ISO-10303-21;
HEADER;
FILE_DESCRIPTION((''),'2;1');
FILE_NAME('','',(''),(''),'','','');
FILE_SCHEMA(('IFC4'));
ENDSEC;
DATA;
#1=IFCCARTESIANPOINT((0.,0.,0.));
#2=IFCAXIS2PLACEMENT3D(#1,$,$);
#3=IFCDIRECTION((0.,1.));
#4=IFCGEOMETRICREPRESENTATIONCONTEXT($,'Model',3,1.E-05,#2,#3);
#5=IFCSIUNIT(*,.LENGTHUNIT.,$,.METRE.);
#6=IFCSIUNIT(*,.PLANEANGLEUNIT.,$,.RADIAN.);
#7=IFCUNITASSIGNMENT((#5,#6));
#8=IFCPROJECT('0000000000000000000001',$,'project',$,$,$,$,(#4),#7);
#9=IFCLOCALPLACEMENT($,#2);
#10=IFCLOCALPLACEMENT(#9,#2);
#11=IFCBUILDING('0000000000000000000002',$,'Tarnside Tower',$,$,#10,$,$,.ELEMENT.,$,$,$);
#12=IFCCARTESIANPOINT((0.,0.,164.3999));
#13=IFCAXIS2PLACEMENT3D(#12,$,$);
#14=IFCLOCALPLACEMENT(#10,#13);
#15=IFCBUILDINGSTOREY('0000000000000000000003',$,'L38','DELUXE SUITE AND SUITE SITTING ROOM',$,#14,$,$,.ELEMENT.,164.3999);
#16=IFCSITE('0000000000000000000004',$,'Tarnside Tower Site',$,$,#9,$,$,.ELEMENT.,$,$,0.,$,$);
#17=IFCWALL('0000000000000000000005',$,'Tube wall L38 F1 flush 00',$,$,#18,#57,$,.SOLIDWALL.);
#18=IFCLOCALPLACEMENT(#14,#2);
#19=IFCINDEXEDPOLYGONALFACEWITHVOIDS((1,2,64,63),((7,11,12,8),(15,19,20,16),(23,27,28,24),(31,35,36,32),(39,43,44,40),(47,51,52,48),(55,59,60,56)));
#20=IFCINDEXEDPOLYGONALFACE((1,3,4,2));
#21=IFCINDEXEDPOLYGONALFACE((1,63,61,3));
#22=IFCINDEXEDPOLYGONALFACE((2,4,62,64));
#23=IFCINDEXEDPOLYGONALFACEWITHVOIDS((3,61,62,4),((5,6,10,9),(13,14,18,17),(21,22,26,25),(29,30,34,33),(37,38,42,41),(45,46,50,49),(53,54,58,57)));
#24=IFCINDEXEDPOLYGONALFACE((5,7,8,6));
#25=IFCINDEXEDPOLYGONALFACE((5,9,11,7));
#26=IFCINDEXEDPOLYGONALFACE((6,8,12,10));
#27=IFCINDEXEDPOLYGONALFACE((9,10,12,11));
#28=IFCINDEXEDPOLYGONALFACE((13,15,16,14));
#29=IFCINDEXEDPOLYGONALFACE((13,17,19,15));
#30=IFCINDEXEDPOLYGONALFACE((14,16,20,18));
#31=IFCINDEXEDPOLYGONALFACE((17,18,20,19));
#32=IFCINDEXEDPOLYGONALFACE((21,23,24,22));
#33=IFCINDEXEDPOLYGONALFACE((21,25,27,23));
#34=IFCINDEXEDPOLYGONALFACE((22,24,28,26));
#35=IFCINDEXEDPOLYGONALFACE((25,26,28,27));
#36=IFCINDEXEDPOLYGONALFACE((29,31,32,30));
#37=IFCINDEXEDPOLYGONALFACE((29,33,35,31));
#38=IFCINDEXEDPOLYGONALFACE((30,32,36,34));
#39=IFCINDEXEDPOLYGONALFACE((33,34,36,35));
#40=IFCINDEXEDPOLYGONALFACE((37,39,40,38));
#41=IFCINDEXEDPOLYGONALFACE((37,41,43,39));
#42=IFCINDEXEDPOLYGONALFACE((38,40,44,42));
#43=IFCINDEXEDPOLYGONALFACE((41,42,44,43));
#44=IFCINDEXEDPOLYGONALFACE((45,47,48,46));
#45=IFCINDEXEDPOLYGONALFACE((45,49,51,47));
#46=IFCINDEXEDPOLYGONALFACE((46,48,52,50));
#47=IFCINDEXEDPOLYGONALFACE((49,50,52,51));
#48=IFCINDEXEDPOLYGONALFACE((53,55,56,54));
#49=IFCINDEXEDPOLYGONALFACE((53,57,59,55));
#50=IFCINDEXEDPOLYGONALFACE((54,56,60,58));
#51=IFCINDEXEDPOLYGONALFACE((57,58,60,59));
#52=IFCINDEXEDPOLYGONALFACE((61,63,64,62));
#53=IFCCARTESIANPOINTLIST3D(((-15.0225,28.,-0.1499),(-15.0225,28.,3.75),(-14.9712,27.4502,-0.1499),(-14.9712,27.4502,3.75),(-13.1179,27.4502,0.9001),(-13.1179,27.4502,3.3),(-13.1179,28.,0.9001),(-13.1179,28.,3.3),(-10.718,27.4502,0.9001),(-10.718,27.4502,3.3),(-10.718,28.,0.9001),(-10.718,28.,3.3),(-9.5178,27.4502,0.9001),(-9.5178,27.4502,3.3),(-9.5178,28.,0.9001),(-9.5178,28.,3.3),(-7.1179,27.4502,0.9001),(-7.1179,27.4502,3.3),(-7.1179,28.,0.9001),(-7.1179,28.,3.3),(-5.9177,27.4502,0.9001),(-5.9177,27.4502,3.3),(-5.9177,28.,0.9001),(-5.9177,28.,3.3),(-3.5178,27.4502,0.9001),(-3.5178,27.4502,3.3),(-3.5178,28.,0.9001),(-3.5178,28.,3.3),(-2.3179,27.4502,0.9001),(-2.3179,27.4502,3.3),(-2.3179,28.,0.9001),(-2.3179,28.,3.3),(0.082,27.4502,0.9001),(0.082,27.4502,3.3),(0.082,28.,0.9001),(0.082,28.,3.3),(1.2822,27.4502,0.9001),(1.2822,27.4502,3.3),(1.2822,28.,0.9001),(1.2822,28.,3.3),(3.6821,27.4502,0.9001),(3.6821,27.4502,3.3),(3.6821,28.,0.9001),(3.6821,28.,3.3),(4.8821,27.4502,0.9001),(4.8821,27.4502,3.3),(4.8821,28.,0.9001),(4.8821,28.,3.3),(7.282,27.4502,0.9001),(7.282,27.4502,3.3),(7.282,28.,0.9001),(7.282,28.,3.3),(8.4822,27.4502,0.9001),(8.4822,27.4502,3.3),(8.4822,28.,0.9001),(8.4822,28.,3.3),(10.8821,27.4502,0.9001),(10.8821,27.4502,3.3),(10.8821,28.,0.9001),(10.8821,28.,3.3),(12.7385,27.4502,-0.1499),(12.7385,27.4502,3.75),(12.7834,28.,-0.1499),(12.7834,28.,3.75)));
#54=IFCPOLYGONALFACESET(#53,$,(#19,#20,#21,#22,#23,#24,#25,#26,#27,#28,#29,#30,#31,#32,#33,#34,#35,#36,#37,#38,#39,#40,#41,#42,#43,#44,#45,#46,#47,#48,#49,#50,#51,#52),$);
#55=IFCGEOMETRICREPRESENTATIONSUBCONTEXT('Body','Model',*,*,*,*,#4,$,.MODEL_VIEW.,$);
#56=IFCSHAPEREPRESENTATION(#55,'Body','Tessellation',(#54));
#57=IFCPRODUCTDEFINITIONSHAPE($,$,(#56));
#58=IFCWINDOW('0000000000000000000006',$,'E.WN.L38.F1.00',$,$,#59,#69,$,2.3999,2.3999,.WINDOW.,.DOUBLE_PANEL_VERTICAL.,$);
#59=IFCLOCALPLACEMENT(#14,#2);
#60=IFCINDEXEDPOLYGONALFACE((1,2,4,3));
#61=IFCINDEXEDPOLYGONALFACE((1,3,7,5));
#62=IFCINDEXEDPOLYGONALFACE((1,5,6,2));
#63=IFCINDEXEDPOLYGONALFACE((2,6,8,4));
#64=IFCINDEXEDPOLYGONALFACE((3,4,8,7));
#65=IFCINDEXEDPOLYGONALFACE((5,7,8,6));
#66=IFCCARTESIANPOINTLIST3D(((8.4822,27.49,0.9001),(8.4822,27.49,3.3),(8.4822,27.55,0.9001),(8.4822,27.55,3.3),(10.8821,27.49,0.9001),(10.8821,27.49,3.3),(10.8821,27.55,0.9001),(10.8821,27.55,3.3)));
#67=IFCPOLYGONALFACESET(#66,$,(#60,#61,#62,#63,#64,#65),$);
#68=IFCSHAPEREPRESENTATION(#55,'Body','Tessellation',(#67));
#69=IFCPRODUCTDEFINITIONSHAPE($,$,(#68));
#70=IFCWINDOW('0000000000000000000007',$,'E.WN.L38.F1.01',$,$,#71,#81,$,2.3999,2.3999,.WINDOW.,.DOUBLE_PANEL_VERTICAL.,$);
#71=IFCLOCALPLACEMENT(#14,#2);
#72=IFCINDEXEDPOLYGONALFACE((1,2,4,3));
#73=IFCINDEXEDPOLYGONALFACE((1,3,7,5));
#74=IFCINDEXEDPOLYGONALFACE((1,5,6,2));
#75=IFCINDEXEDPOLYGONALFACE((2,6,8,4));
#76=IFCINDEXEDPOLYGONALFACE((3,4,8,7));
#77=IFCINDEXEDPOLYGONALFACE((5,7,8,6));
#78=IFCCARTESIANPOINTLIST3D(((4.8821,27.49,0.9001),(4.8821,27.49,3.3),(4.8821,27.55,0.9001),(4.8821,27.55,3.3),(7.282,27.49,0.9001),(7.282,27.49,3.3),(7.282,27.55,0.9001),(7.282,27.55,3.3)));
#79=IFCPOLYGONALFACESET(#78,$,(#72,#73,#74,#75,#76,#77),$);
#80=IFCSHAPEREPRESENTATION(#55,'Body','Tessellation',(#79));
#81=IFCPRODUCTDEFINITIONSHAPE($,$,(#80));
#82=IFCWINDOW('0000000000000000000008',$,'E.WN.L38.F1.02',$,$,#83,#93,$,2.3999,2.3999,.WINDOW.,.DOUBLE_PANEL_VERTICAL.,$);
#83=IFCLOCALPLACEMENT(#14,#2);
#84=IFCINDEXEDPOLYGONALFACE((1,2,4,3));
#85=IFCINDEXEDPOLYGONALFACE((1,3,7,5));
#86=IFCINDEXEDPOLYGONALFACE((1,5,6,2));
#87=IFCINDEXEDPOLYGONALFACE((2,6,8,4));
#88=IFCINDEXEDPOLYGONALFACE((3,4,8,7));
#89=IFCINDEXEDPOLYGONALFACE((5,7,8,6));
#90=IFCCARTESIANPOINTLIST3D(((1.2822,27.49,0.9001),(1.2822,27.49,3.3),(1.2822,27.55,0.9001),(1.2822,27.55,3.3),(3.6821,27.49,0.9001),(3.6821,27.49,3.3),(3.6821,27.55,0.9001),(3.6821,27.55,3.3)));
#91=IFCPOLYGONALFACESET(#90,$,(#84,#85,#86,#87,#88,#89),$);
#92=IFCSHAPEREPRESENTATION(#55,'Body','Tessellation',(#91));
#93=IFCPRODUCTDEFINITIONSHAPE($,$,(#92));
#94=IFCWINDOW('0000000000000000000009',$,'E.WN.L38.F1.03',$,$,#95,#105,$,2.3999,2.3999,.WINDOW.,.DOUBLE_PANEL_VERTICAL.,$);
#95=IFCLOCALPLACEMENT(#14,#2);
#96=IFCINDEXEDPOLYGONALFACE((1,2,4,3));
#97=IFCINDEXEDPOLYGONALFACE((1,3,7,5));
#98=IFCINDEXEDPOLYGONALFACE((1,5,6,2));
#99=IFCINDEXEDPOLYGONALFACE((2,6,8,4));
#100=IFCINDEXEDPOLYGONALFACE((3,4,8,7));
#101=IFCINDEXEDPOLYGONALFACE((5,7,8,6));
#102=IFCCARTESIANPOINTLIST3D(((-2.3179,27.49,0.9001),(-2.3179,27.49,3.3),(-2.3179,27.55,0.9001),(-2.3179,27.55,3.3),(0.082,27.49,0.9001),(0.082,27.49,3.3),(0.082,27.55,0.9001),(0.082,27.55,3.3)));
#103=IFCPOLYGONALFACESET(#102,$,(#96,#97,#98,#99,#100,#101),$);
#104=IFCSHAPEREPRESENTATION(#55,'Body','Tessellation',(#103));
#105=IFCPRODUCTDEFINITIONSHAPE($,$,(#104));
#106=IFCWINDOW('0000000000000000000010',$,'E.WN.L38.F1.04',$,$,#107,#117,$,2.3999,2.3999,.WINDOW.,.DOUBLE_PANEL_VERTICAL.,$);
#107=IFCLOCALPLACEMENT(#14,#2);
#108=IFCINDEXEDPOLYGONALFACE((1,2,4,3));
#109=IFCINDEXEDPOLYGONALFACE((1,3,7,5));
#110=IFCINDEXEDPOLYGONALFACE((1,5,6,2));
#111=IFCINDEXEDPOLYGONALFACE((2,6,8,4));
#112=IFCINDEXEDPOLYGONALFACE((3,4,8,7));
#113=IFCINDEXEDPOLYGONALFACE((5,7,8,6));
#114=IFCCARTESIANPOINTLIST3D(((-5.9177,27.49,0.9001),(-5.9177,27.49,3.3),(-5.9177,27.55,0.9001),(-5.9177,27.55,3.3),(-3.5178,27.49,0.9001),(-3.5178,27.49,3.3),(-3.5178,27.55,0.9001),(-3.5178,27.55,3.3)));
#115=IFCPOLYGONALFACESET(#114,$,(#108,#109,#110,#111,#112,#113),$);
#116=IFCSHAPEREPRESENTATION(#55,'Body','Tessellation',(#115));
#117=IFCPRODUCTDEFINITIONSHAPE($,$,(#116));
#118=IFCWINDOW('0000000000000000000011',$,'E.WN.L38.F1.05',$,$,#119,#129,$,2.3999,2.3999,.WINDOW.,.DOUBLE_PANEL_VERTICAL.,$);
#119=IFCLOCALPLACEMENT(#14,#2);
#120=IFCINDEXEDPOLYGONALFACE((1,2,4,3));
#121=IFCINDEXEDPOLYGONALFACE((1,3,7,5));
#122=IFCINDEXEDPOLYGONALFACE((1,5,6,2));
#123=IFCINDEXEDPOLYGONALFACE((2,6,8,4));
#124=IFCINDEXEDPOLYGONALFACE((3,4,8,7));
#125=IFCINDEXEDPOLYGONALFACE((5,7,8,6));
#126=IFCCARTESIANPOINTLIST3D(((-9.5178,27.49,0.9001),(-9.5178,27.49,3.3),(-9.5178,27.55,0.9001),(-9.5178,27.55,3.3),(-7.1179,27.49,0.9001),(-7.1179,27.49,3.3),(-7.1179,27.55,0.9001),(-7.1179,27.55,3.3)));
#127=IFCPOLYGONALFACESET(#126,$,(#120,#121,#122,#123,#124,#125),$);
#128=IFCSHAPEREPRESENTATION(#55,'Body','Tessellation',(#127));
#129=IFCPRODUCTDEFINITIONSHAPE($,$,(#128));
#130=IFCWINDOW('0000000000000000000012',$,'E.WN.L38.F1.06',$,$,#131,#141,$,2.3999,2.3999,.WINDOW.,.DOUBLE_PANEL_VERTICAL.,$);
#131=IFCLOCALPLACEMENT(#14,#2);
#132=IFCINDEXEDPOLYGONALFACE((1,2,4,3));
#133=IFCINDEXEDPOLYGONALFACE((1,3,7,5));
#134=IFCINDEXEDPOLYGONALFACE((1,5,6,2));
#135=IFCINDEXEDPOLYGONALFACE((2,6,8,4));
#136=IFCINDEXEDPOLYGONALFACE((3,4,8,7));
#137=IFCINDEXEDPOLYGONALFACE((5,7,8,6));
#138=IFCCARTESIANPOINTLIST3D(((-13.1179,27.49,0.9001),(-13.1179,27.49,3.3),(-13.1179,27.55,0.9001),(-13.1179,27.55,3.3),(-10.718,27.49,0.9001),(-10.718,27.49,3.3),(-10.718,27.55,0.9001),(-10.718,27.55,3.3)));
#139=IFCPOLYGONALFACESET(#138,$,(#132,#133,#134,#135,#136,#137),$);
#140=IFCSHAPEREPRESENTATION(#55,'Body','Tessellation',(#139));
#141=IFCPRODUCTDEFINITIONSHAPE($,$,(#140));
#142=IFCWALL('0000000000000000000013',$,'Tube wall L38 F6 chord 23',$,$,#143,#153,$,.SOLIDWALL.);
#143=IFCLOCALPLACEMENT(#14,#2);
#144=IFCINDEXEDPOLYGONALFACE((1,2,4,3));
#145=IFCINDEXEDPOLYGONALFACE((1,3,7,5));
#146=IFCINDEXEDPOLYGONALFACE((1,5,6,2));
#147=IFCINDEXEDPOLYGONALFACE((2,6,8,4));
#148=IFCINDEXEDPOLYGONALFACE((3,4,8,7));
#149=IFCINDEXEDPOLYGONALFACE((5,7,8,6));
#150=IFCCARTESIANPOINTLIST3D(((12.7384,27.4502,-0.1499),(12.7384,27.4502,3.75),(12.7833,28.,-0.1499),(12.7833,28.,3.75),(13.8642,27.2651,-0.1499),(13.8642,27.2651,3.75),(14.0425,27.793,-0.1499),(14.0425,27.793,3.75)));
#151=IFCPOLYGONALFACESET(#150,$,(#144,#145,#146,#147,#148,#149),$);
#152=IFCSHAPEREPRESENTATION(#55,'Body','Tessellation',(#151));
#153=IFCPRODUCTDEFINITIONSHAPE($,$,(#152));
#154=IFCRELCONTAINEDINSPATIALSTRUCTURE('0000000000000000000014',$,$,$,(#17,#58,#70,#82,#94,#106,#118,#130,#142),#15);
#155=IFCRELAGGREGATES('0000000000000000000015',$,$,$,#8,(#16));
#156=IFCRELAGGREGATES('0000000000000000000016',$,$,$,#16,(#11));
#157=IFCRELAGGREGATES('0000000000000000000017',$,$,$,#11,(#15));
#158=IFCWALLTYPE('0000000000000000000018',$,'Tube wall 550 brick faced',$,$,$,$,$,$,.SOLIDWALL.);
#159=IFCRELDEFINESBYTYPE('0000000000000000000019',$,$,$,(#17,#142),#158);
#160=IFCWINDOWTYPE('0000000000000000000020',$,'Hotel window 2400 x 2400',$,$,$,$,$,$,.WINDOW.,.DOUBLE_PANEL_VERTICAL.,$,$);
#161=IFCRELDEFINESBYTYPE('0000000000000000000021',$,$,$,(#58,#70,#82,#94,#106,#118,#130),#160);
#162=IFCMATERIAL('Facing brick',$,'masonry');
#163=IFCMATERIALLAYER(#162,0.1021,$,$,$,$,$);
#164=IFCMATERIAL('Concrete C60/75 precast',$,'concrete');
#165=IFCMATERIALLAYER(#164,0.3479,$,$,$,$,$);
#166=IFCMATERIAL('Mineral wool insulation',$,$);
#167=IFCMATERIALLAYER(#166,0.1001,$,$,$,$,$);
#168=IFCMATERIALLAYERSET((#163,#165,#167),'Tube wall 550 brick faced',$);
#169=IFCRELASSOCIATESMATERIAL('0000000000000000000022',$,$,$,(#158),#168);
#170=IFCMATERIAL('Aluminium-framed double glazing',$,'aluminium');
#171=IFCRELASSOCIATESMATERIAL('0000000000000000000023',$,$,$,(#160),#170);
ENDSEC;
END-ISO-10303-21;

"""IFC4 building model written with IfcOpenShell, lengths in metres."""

from ifc_helpers import new_model, si_unit, direction, frame, frame_2d, origin, place, context, subcontext, project, spatial, polyline, rectangle, outline, extrude, material, layer, layer_set, type_object, element, fill, save


model = new_model("IFC4")

# Units and contexts
model_context = context("Model", 3, precision=1e-05, world=origin(), true_north=direction((0.0, 1.0)))
body_context = subcontext(model_context, "Body", "Model", "MODEL_VIEW")
ifc_project = project(units=[si_unit("LENGTHUNIT", "METRE"), si_unit("PLANEANGLEUNIT", "RADIAN")], contexts=[model_context])

# Site, building, storey
site_placement = place(None, origin())
site = spatial("IfcSite", under=ifc_project, at=site_placement, Name="Tarnside Tower Site", CompositionType="ELEMENT", RefElevation=0.0)
building_placement = place(site_placement, origin())
building = spatial("IfcBuilding", under=site, at=building_placement, Name="Tarnside Tower", CompositionType="ELEMENT")
storey_placement = place(building_placement, frame((0.0, 0.0, 164.3999)))
storey = spatial("IfcBuildingStorey", under=building, at=storey_placement, Name="L38", Description="DELUXE SUITE AND SUITE SITTING ROOM", CompositionType="ELEMENT", Elevation=164.3999)

# Wall, openings, windows
ifc_material_1 = material(Name="Facing brick", Category="masonry")
ifc_layer_1 = layer(ifc_material_1, 0.1021)
ifc_material_2 = material(Name="Concrete C60/75 precast", Category="concrete")
ifc_layer_2 = layer(ifc_material_2, 0.3479)
ifc_material_3 = material(Name="Mineral wool insulation")
ifc_layer_3 = layer(ifc_material_3, 0.1001)
ifc_layer_set_1 = layer_set([ifc_layer_1, ifc_layer_2, ifc_layer_3], Name="Tube wall 550 brick faced")
wall_type_1 = type_object("IfcWallType", Name="Tube wall 550 brick faced", PredefinedType="SOLIDWALL", material=ifc_layer_set_1)
wall_1_placement = place(storey_placement, frame((12.761, 27.7251, -0.1499), z_axis=(0.0, 0.0, 1.0), x_axis=(-1.0, 0.0, 0.0)))
wall_1 = element("IfcWall", 1, at=wall_1_placement, inside=storey, type_object=wall_type_1, Name="Tube wall L38 F1 flush 00", PredefinedType="SOLIDWALL", context=body_context, shape_type="SweptSolid", body=[
    extrude(outline(polyline([(-0.0225, -0.2749), (27.7834, -0.2749), (27.7322, 0.2749), (0.0225, 0.2749), (-0.0225, -0.2749)])), origin(), (0.0, 0.0, 1.0), 3.8999),
])
opening_1_placement = place(wall_1_placement, frame((1.8789, 0.0, 1.05)))
opening_1 = element("IfcOpeningElement", 2, at=opening_1_placement, cuts=wall_1, PredefinedType="OPENING", context=body_context, shape_type="SweptSolid", body=[
    extrude(rectangle(XDim=2.3999, YDim=2.3999, at=frame_2d((1.2, 1.2))), frame((0.0, 0.2852, 0.0), z_axis=(0.0, -1.0, 0.0), x_axis=(1.0, 0.0, 0.0)), (0.0, 0.0, 1.0), 0.5701),
])
opening_2_placement = place(wall_1_placement, frame((5.479, 0.0, 1.05)))
opening_2 = element("IfcOpeningElement", 3, at=opening_2_placement, cuts=wall_1, PredefinedType="OPENING", context=body_context, shape_type="SweptSolid", body=[
    extrude(rectangle(XDim=2.3999, YDim=2.3999, at=frame_2d((1.2, 1.2))), frame((0.0, 0.2852, 0.0), z_axis=(0.0, -1.0, 0.0), x_axis=(1.0, 0.0, 0.0)), (0.0, 0.0, 1.0), 0.5701),
])
opening_3_placement = place(wall_1_placement, frame((9.0789, 0.0, 1.05)))
opening_3 = element("IfcOpeningElement", 4, at=opening_3_placement, cuts=wall_1, PredefinedType="OPENING", context=body_context, shape_type="SweptSolid", body=[
    extrude(rectangle(XDim=2.3999, YDim=2.3999, at=frame_2d((1.2, 1.2))), frame((0.0, 0.2852, 0.0), z_axis=(0.0, -1.0, 0.0), x_axis=(1.0, 0.0, 0.0)), (0.0, 0.0, 1.0), 0.5701),
])
opening_4_placement = place(wall_1_placement, frame((12.679, 0.0, 1.05)))
opening_4 = element("IfcOpeningElement", 5, at=opening_4_placement, cuts=wall_1, PredefinedType="OPENING", context=body_context, shape_type="SweptSolid", body=[
    extrude(rectangle(XDim=2.3999, YDim=2.3999, at=frame_2d((1.2, 1.2))), frame((0.0, 0.2852, 0.0), z_axis=(0.0, -1.0, 0.0), x_axis=(1.0, 0.0, 0.0)), (0.0, 0.0, 1.0), 0.5701),
])
opening_5_placement = place(wall_1_placement, frame((16.2788, 0.0, 1.05)))
opening_5 = element("IfcOpeningElement", 6, at=opening_5_placement, cuts=wall_1, PredefinedType="OPENING", context=body_context, shape_type="SweptSolid", body=[
    extrude(rectangle(XDim=2.3999, YDim=2.3999, at=frame_2d((1.2, 1.2))), frame((0.0, 0.2852, 0.0), z_axis=(0.0, -1.0, 0.0), x_axis=(1.0, 0.0, 0.0)), (0.0, 0.0, 1.0), 0.5701),
])
opening_6_placement = place(wall_1_placement, frame((19.8789, 0.0, 1.05)))
opening_6 = element("IfcOpeningElement", 7, at=opening_6_placement, cuts=wall_1, PredefinedType="OPENING", context=body_context, shape_type="SweptSolid", body=[
    extrude(rectangle(XDim=2.3999, YDim=2.3999, at=frame_2d((1.2, 1.2))), frame((0.0, 0.2852, 0.0), z_axis=(0.0, -1.0, 0.0), x_axis=(1.0, 0.0, 0.0)), (0.0, 0.0, 1.0), 0.5701),
])
opening_7_placement = place(wall_1_placement, frame((23.479, 0.0, 1.05)))
opening_7 = element("IfcOpeningElement", 8, at=opening_7_placement, cuts=wall_1, PredefinedType="OPENING", context=body_context, shape_type="SweptSolid", body=[
    extrude(rectangle(XDim=2.3999, YDim=2.3999, at=frame_2d((1.2, 1.2))), frame((0.0, 0.2852, 0.0), z_axis=(0.0, -1.0, 0.0), x_axis=(1.0, 0.0, 0.0)), (0.0, 0.0, 1.0), 0.5701),
])
ifc_material_4 = material(Name="Aluminium-framed double glazing", Category="aluminium")
window_type = type_object("IfcWindowType", Name="Hotel window 2400 x 2400", PartitioningType="DOUBLE_PANEL_VERTICAL", PredefinedType="WINDOW", material=ifc_material_4)
window_1_placement = place(opening_1_placement, frame((0.0, 0.2051, 0.0)))
window_1 = element("IfcWindow", 9, at=window_1_placement, inside=storey, type_object=window_type, Name="E.WN.L38.F1.00", OverallHeight=2.3999, OverallWidth=2.3999, PartitioningType="DOUBLE_PANEL_VERTICAL", PredefinedType="WINDOW", context=body_context, shape_type="SweptSolid", body=[
    extrude(rectangle(XDim=2.3999, YDim=2.3999, at=frame_2d((1.2, 1.2))), frame((0.0, 0.03, 0.0), z_axis=(0.0, -1.0, 0.0), x_axis=(1.0, 0.0, 0.0)), (0.0, 0.0, 1.0), 0.0601),
])
fill(opening_1, window_1)
window_2_placement = place(opening_2_placement, frame((0.0, 0.2051, 0.0)))
window_2 = element("IfcWindow", 10, at=window_2_placement, inside=storey, type_object=window_type, Name="E.WN.L38.F1.01", OverallHeight=2.3999, OverallWidth=2.3999, PartitioningType="DOUBLE_PANEL_VERTICAL", PredefinedType="WINDOW", context=body_context, shape_type="SweptSolid", body=[
    extrude(rectangle(XDim=2.3999, YDim=2.3999, at=frame_2d((1.2, 1.2))), frame((0.0, 0.03, 0.0), z_axis=(0.0, -1.0, 0.0), x_axis=(1.0, 0.0, 0.0)), (0.0, 0.0, 1.0), 0.0601),
])
fill(opening_2, window_2)
window_3_placement = place(opening_3_placement, frame((0.0, 0.2051, 0.0)))
window_3 = element("IfcWindow", 11, at=window_3_placement, inside=storey, type_object=window_type, Name="E.WN.L38.F1.02", OverallHeight=2.3999, OverallWidth=2.3999, PartitioningType="DOUBLE_PANEL_VERTICAL", PredefinedType="WINDOW", context=body_context, shape_type="SweptSolid", body=[
    extrude(rectangle(XDim=2.3999, YDim=2.3999, at=frame_2d((1.2, 1.2))), frame((0.0, 0.03, 0.0), z_axis=(0.0, -1.0, 0.0), x_axis=(1.0, 0.0, 0.0)), (0.0, 0.0, 1.0), 0.0601),
])
fill(opening_3, window_3)
window_4_placement = place(opening_4_placement, frame((0.0, 0.2051, 0.0)))
window_4 = element("IfcWindow", 12, at=window_4_placement, inside=storey, type_object=window_type, Name="E.WN.L38.F1.03", OverallHeight=2.3999, OverallWidth=2.3999, PartitioningType="DOUBLE_PANEL_VERTICAL", PredefinedType="WINDOW", context=body_context, shape_type="SweptSolid", body=[
    extrude(rectangle(XDim=2.3999, YDim=2.3999, at=frame_2d((1.2, 1.2))), frame((0.0, 0.03, 0.0), z_axis=(0.0, -1.0, 0.0), x_axis=(1.0, 0.0, 0.0)), (0.0, 0.0, 1.0), 0.0601),
])
fill(opening_4, window_4)
window_5_placement = place(opening_5_placement, frame((0.0, 0.2051, 0.0)))
window_5 = element("IfcWindow", 13, at=window_5_placement, inside=storey, type_object=window_type, Name="E.WN.L38.F1.04", OverallHeight=2.3999, OverallWidth=2.3999, PartitioningType="DOUBLE_PANEL_VERTICAL", PredefinedType="WINDOW", context=body_context, shape_type="SweptSolid", body=[
    extrude(rectangle(XDim=2.3999, YDim=2.3999, at=frame_2d((1.2, 1.2))), frame((0.0, 0.03, 0.0), z_axis=(0.0, -1.0, 0.0), x_axis=(1.0, 0.0, 0.0)), (0.0, 0.0, 1.0), 0.0601),
])
fill(opening_5, window_5)
window_6_placement = place(opening_6_placement, frame((0.0, 0.2051, 0.0)))
window_6 = element("IfcWindow", 14, at=window_6_placement, inside=storey, type_object=window_type, Name="E.WN.L38.F1.05", OverallHeight=2.3999, OverallWidth=2.3999, PartitioningType="DOUBLE_PANEL_VERTICAL", PredefinedType="WINDOW", context=body_context, shape_type="SweptSolid", body=[
    extrude(rectangle(XDim=2.3999, YDim=2.3999, at=frame_2d((1.2, 1.2))), frame((0.0, 0.03, 0.0), z_axis=(0.0, -1.0, 0.0), x_axis=(1.0, 0.0, 0.0)), (0.0, 0.0, 1.0), 0.0601),
])
fill(opening_6, window_6)
window_7_placement = place(opening_7_placement, frame((0.0, 0.2051, 0.0)))
window_7 = element("IfcWindow", 15, at=window_7_placement, inside=storey, type_object=window_type, Name="E.WN.L38.F1.06", OverallHeight=2.3999, OverallWidth=2.3999, PartitioningType="DOUBLE_PANEL_VERTICAL", PredefinedType="WINDOW", context=body_context, shape_type="SweptSolid", body=[
    extrude(rectangle(XDim=2.3999, YDim=2.3999, at=frame_2d((1.2, 1.2))), frame((0.0, 0.03, 0.0), z_axis=(0.0, -1.0, 0.0), x_axis=(1.0, 0.0, 0.0)), (0.0, 0.0, 1.0), 0.0601),
])
fill(opening_7, window_7)

# Wall
wall_2_placement = place(storey_placement, frame((13.9534, 27.5291, -0.1499), z_axis=(0.0, 0.0, 1.0), x_axis=(-0.986752, 0.162236, 0.0)))
element("IfcWall", 16, at=wall_2_placement, inside=storey, type_object=wall_type_1, Name="Tube wall L38 F6 chord 23", PredefinedType="SOLIDWALL", context=body_context, shape_type="SweptSolid", body=[
    extrude(outline(polyline([(-0.0452, -0.2749), (1.231, -0.2749), (1.186, 0.2749), (0.0452, 0.2749), (-0.0452, -0.2749)])), origin(), (0.0, 0.0, 1.0), 3.8999),
])

save(model, "model.ifc")
